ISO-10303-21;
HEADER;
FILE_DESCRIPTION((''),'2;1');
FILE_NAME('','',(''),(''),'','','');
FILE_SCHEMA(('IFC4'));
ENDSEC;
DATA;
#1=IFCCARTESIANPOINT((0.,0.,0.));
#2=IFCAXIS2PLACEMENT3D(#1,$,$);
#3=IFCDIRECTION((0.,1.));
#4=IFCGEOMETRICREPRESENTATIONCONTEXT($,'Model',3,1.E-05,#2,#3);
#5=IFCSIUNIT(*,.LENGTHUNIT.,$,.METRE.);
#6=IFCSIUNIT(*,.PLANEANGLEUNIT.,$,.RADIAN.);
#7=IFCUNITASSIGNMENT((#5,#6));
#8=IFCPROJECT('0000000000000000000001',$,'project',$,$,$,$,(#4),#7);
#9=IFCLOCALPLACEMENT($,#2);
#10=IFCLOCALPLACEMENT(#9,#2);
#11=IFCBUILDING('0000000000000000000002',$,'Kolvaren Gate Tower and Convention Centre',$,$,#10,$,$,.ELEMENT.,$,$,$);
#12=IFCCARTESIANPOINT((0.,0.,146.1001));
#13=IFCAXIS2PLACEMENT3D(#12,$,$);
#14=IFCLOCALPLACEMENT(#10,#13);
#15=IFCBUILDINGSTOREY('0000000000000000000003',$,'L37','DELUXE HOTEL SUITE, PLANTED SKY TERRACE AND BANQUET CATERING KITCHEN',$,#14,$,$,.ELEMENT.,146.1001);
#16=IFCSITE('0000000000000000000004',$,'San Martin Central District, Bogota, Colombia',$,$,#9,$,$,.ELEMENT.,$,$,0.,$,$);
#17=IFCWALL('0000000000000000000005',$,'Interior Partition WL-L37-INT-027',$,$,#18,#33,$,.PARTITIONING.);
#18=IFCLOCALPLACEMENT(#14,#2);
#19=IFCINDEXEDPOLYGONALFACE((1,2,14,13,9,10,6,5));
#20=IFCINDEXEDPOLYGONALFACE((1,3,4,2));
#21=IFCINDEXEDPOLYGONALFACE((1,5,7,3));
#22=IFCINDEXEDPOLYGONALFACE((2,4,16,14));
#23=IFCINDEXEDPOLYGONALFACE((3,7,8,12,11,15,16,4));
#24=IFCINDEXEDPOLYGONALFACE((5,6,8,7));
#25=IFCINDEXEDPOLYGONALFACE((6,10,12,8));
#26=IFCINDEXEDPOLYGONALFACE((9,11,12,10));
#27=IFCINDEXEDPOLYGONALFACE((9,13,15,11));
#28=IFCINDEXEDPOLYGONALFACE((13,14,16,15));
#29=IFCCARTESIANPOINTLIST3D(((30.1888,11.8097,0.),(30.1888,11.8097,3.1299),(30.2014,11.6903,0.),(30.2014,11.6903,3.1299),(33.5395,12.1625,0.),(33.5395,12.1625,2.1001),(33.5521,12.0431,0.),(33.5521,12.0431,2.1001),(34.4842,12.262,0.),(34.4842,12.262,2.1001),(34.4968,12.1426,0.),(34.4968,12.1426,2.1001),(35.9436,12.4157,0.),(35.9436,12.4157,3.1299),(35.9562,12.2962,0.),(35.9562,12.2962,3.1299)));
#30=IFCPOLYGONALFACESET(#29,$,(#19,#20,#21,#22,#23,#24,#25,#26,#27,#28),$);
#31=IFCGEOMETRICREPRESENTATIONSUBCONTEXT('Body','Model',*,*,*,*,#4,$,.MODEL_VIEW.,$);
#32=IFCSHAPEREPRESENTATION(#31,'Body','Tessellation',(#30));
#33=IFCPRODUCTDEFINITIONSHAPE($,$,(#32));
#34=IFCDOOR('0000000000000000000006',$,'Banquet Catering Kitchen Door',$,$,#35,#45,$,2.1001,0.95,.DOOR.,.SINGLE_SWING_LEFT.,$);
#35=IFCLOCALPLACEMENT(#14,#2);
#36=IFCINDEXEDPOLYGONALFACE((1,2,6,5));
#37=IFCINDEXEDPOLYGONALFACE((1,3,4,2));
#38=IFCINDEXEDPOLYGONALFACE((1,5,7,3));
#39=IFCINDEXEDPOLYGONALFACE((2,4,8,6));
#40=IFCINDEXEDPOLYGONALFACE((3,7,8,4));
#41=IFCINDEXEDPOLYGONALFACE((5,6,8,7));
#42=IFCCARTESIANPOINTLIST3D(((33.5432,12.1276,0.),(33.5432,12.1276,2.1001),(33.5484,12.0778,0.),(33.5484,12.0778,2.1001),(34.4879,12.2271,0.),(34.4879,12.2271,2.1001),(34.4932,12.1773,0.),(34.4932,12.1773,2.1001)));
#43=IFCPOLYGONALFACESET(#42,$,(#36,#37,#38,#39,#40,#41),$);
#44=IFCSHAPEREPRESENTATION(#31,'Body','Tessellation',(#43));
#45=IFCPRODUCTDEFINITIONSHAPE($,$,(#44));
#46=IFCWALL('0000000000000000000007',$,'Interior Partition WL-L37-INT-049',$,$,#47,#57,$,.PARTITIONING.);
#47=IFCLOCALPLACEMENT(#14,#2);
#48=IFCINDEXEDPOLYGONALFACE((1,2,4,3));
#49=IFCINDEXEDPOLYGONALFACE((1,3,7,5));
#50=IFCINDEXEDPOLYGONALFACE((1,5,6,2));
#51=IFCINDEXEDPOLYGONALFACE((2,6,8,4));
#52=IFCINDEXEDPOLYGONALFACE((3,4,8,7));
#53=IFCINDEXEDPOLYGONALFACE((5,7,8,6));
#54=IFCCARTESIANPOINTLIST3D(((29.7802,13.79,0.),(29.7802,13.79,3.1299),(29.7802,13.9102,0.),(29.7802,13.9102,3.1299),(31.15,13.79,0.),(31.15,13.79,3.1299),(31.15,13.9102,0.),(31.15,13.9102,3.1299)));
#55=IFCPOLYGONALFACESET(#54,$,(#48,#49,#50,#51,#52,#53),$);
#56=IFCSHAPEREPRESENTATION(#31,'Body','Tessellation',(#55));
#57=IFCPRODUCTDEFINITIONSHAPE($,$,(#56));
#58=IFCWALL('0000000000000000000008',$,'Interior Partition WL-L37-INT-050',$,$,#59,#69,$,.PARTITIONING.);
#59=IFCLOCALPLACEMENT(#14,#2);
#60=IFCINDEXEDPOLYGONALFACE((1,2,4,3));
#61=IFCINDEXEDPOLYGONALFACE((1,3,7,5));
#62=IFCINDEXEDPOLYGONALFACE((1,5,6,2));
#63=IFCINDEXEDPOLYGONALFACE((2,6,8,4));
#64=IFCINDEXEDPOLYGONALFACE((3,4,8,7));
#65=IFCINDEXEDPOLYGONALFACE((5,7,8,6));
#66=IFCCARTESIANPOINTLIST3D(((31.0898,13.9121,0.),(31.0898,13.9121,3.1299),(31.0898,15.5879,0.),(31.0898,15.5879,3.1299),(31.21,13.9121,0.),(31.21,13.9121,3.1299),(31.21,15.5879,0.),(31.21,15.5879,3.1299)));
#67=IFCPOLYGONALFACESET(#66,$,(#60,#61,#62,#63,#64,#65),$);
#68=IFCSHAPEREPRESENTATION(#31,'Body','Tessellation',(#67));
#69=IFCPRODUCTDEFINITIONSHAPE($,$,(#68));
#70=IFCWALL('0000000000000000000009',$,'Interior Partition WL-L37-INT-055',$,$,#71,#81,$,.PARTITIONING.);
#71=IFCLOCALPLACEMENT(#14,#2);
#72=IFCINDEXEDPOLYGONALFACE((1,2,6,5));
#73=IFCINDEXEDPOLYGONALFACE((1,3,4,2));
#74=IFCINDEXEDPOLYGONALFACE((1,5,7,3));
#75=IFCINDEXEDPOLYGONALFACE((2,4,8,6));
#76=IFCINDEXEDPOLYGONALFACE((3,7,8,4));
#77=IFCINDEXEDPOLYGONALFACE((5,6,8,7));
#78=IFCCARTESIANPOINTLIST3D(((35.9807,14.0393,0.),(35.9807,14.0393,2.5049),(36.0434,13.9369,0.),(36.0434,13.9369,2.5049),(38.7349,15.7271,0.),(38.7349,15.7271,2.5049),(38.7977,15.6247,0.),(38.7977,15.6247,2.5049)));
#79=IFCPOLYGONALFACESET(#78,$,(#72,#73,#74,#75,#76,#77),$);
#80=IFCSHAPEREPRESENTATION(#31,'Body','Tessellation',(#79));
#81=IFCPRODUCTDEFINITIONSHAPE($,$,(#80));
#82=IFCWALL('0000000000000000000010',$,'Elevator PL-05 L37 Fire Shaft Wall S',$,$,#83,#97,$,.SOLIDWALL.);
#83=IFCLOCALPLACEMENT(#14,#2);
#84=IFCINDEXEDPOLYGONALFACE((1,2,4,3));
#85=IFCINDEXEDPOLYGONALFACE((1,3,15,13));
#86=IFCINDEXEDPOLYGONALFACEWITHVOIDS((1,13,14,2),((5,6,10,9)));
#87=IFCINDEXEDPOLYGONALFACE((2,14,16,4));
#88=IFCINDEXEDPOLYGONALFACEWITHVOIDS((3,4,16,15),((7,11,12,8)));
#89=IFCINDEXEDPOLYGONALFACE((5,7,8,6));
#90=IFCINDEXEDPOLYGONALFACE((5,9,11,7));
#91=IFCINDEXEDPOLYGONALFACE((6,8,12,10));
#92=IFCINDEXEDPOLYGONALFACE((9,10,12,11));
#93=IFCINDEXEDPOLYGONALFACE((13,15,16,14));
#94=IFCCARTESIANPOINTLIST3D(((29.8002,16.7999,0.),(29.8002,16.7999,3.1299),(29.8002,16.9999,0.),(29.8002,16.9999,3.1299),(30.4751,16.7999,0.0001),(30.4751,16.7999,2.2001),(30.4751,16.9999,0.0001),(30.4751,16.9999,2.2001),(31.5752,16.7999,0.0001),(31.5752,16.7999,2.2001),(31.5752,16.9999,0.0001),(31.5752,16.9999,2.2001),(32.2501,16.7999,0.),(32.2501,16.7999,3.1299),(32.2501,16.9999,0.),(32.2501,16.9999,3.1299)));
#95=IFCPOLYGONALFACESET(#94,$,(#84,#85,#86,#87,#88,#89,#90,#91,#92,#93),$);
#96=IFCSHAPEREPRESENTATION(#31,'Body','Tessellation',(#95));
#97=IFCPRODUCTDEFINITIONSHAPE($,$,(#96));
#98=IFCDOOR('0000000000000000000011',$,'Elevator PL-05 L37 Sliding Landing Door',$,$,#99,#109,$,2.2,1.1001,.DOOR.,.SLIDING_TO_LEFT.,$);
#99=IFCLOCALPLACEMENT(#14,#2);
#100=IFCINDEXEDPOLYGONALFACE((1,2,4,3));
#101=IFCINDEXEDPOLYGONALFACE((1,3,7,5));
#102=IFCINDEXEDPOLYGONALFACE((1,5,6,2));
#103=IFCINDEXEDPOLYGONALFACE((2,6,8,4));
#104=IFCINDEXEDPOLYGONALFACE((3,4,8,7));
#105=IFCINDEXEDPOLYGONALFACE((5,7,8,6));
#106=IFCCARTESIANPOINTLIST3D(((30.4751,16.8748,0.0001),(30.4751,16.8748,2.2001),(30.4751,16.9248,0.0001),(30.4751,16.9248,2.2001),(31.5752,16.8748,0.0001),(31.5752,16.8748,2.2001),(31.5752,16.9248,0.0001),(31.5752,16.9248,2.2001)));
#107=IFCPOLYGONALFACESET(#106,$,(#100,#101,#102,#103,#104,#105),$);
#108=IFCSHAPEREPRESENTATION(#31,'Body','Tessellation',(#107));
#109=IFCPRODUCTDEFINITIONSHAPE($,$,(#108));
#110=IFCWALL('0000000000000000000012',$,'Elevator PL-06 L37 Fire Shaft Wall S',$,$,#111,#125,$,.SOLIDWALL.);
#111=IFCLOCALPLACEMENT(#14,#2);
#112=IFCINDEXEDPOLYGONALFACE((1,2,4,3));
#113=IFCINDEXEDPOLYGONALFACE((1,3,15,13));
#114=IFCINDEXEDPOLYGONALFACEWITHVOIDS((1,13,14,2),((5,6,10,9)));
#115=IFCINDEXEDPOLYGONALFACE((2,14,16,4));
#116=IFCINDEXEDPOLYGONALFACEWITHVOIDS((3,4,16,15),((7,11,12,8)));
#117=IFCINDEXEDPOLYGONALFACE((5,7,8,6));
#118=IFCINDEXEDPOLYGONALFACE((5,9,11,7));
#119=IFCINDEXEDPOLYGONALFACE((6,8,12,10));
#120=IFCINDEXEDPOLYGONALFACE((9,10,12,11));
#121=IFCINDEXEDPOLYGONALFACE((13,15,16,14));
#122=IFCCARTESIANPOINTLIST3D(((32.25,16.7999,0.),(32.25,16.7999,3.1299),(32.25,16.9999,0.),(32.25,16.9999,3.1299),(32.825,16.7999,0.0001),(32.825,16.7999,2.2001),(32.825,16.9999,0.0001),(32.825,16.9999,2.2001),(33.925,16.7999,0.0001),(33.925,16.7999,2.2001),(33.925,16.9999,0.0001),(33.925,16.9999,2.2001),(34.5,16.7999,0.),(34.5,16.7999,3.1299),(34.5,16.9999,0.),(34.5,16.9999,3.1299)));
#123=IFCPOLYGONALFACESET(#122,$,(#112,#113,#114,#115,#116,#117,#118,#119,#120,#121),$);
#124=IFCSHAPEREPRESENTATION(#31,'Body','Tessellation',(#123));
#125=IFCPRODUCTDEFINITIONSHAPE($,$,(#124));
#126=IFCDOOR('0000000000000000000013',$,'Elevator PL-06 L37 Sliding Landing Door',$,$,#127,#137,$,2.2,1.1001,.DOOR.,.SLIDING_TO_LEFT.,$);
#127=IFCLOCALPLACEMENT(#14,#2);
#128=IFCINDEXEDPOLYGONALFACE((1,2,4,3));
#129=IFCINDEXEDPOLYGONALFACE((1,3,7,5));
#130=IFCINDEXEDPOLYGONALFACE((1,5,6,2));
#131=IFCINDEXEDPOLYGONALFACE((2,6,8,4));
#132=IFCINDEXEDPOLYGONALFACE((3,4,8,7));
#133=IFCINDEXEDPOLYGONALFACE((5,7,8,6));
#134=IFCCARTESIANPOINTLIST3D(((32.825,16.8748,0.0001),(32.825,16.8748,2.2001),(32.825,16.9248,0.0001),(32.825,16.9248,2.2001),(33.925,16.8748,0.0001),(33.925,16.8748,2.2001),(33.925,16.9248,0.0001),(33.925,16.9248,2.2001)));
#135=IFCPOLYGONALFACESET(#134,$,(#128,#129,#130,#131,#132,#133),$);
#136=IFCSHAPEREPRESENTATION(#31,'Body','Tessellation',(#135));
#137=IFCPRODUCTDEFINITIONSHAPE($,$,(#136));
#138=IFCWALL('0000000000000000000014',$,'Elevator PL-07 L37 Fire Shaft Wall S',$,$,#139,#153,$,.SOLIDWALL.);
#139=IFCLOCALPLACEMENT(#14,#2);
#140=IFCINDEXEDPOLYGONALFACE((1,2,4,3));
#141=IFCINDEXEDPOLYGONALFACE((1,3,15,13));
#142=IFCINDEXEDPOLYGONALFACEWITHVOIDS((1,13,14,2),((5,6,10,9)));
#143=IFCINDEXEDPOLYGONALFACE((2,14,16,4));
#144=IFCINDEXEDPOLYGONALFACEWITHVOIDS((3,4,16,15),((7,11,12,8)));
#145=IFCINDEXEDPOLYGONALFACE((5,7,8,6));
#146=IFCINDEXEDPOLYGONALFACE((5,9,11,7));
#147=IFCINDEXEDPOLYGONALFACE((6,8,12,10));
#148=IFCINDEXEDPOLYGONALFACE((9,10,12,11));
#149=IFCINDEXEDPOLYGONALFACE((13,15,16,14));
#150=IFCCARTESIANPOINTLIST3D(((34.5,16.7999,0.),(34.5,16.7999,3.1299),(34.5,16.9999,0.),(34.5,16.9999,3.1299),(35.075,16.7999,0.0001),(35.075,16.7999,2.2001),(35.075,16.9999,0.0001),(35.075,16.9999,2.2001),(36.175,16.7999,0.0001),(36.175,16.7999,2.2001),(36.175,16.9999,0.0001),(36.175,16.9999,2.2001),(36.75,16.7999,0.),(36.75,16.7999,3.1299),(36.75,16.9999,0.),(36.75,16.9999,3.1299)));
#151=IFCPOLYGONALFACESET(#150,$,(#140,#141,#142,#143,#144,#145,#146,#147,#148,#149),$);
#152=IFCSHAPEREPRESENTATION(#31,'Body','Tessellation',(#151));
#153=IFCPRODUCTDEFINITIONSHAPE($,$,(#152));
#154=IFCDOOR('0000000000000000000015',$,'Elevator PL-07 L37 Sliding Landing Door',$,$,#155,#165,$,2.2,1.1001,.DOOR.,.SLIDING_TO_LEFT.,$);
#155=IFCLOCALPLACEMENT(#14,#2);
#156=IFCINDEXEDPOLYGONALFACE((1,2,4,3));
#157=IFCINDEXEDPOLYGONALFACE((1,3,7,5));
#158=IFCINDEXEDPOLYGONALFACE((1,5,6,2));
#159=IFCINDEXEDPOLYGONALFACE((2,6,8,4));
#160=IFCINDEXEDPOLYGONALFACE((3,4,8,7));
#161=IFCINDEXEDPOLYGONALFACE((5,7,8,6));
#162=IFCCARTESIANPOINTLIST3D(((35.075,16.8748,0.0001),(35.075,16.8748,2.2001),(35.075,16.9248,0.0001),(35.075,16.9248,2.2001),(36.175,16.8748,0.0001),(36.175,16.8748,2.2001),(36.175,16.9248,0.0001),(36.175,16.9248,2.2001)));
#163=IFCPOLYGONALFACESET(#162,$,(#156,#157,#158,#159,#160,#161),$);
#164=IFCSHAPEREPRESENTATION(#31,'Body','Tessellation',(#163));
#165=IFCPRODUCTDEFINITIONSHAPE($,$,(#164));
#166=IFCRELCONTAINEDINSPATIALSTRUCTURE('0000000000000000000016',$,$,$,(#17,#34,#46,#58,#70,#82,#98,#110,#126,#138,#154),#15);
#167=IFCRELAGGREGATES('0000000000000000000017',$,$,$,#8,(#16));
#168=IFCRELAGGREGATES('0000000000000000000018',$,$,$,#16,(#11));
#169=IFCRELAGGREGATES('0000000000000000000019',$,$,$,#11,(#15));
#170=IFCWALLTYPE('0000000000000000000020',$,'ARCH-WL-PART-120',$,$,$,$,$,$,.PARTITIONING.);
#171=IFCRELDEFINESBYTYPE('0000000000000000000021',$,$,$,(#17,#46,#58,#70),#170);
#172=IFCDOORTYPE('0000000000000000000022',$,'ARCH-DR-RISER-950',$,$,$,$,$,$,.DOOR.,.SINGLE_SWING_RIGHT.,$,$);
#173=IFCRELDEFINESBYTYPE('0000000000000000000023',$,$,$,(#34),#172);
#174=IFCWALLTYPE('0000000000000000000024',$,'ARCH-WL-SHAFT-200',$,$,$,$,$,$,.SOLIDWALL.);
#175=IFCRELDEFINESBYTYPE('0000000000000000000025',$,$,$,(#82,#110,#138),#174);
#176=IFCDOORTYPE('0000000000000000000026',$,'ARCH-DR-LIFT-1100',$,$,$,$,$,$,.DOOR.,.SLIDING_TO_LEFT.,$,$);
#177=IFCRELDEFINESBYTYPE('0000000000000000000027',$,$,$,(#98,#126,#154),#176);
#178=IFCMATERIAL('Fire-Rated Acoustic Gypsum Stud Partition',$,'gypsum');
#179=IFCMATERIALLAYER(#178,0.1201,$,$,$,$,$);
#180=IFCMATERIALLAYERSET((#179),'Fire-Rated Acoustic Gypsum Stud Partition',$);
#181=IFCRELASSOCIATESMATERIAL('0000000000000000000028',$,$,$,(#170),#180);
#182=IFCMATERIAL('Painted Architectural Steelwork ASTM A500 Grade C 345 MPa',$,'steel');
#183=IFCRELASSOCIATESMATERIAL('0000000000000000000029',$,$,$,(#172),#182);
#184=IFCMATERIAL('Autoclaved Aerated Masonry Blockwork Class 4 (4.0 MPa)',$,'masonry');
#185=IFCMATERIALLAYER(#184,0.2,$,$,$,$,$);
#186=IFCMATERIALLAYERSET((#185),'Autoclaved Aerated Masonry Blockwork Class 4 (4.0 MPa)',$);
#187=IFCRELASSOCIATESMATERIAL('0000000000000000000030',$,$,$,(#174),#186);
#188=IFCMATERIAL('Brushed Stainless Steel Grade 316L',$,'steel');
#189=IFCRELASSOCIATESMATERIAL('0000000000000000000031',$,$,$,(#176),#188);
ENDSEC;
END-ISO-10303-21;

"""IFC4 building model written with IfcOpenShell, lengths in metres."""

from ifc_helpers import new_model, si_unit, direction, frame, frame_2d, origin, place, context, subcontext, project, spatial, rectangle, extrude, material, layer, layer_set, type_object, element, fill, save


model = new_model("IFC4")

# Units and contexts
model_context = context("Model", 3, precision=1e-05, world=origin(), true_north=direction((0.0, 1.0)))
body_context = subcontext(model_context, "Body", "Model", "MODEL_VIEW")
ifc_project = project(units=[si_unit("LENGTHUNIT", "METRE"), si_unit("PLANEANGLEUNIT", "RADIAN")], contexts=[model_context])

# Site, building, storey
site_placement = place(None, origin())
site = spatial("IfcSite", under=ifc_project, at=site_placement, Name="San Martin Central District, Bogota, Colombia", CompositionType="ELEMENT", RefElevation=0.0)
building_placement = place(site_placement, origin())
building = spatial("IfcBuilding", under=site, at=building_placement, Name="Kolvaren Gate Tower and Convention Centre", CompositionType="ELEMENT")
storey_placement = place(building_placement, frame((0.0, 0.0, 146.1001)))
storey = spatial("IfcBuildingStorey", under=building, at=storey_placement, Name="L37", Description="DELUXE HOTEL SUITE, PLANTED SKY TERRACE AND BANQUET CATERING KITCHEN", CompositionType="ELEMENT", Elevation=146.1001)

# Shared definitions
ifc_material_1 = material(Name="Fire-Rated Acoustic Gypsum Stud Partition", Category="gypsum")
ifc_layer_1 = layer(ifc_material_1, 0.1201)
ifc_layer_set_1 = layer_set([ifc_layer_1], Name="Fire-Rated Acoustic Gypsum Stud Partition")
wall_type_1 = type_object("IfcWallType", Name="ARCH-WL-PART-120", PredefinedType="PARTITIONING", material=ifc_layer_set_1)

# Wall, opening, door
wall_1_placement = place(storey_placement, frame((30.1951, 11.75, 0.0), z_axis=(0.0, 0.0, 1.0), x_axis=(0.994502, 0.104716, 0.0)))
wall_1 = element("IfcWall", 1, at=wall_1_placement, inside=storey, type_object=wall_type_1, Name="Interior Partition WL-L37-INT-027", PredefinedType="PARTITIONING", context=body_context, shape_type="SweptSolid", body=[
    extrude(rectangle(XDim=5.7866, YDim=0.1201, at=frame_2d((2.8933, 0.0))), origin(), (0.0, 0.0, 1.0), 3.1299),
])
opening_1_placement = place(wall_1_placement, frame((3.3691, 0.0, 0.0)))
opening_1 = element("IfcOpeningElement", 2, at=opening_1_placement, cuts=wall_1, PredefinedType="OPENING", context=body_context, shape_type="SweptSolid", body=[
    extrude(rectangle(XDim=0.95, YDim=2.1001, at=frame_2d((0.4751, 1.05))), frame((0.0, 0.0701, 0.0), z_axis=(0.0, -1.0, 0.0), x_axis=(1.0, 0.0, 0.0)), (0.0, 0.0, 1.0), 0.1401),
])
ifc_material_2 = material(Name="Painted Architectural Steelwork ASTM A500 Grade C 345 MPa", Category="steel")
door_type_1 = type_object("IfcDoorType", Name="ARCH-DR-RISER-950", OperationType="SINGLE_SWING_RIGHT", PredefinedType="DOOR", material=ifc_material_2)
door_1_placement = place(opening_1_placement, origin())
door_1 = element("IfcDoor", 3, at=door_1_placement, inside=storey, type_object=door_type_1, Name="Banquet Catering Kitchen Door", OperationType="SINGLE_SWING_LEFT", OverallHeight=2.1001, OverallWidth=0.95, PredefinedType="DOOR", context=body_context, shape_type="SweptSolid", body=[
    extrude(rectangle(XDim=0.95, YDim=2.1001, at=frame_2d((0.4751, 1.05))), frame((0.0, 0.0249, 0.0), z_axis=(0.0, -1.0, 0.0), x_axis=(1.0, 0.0, 0.0)), (0.0, 0.0, 1.0), 0.05),
])
fill(opening_1, door_1)

# Walls
wall_2_placement = place(storey_placement, frame((29.78, 13.8501, 0.0), z_axis=(0.0, 0.0, 1.0), x_axis=(1.0, 0.0, 0.0)))
element("IfcWall", 4, at=wall_2_placement, inside=storey, type_object=wall_type_1, Name="Interior Partition WL-L37-INT-049", PredefinedType="PARTITIONING", context=body_context, shape_type="SweptSolid", body=[
    extrude(rectangle(XDim=1.3699, YDim=0.1201, at=frame_2d((0.6851, 0.0))), origin(), (0.0, 0.0, 1.0), 3.1299),
])
wall_3_placement = place(storey_placement, frame((31.1499, 13.9121, 0.0), z_axis=(0.0, 0.0, 1.0), x_axis=(0.0, 1.0, 0.0)))
element("IfcWall", 5, at=wall_3_placement, inside=storey, type_object=wall_type_1, Name="Interior Partition WL-L37-INT-050", PredefinedType="PARTITIONING", context=body_context, shape_type="SweptSolid", body=[
    extrude(rectangle(XDim=1.6758, YDim=0.1201, at=frame_2d((0.8379, 0.0))), origin(), (0.0, 0.0, 1.0), 3.1299),
])
wall_4_placement = place(storey_placement, frame((36.012, 13.988, 0.0), z_axis=(0.0, 0.0, 1.0), x_axis=(0.85264, 0.522498, 0.0)))
element("IfcWall", 6, at=wall_4_placement, inside=storey, type_object=wall_type_1, Name="Interior Partition WL-L37-INT-055", PredefinedType="PARTITIONING", context=body_context, shape_type="SweptSolid", body=[
    extrude(rectangle(XDim=3.2302, YDim=0.1201, at=frame_2d((1.6152, 0.0))), origin(), (0.0, 0.0, 1.0), 2.5049),
])

# Walls, openings, doors
ifc_material_3 = material(Name="Autoclaved Aerated Masonry Blockwork Class 4 (4.0 MPa)", Category="masonry")
ifc_layer_2 = layer(ifc_material_3, 0.2)
ifc_layer_set_2 = layer_set([ifc_layer_2], Name="Autoclaved Aerated Masonry Blockwork Class 4 (4.0 MPa)")
wall_type_2 = type_object("IfcWallType", Name="ARCH-WL-SHAFT-200", PredefinedType="SOLIDWALL", material=ifc_layer_set_2)
wall_5_placement = place(storey_placement, frame((29.8, 16.8999, 0.0), z_axis=(0.0, 0.0, 1.0), x_axis=(1.0, 0.0, 0.0)))
wall_5 = element("IfcWall", 7, at=wall_5_placement, inside=storey, type_object=wall_type_2, Name="Elevator PL-05 L37 Fire Shaft Wall S", PredefinedType="SOLIDWALL", context=body_context, shape_type="SweptSolid", body=[
    extrude(rectangle(XDim=2.45, YDim=0.2, at=frame_2d((1.2251, 0.0))), origin(), (0.0, 0.0, 1.0), 3.1299),
])
opening_2_placement = place(wall_5_placement, frame((0.675, 0.0, 0.0)))
opening_2 = element("IfcOpeningElement", 8, at=opening_2_placement, cuts=wall_5, PredefinedType="OPENING", context=body_context, shape_type="SweptSolid", body=[
    extrude(rectangle(XDim=1.1001, YDim=2.2, at=frame_2d((0.55, 1.1001))), frame((0.0, 0.1099, 0.0), z_axis=(0.0, -1.0, 0.0), x_axis=(1.0, 0.0, 0.0)), (0.0, 0.0, 1.0), 0.22),
])
ifc_material_4 = material(Name="Brushed Stainless Steel Grade 316L", Category="steel")
door_type_2 = type_object("IfcDoorType", Name="ARCH-DR-LIFT-1100", OperationType="SLIDING_TO_LEFT", PredefinedType="DOOR", material=ifc_material_4)
door_2_placement = place(opening_2_placement, origin())
door_2 = element("IfcDoor", 9, at=door_2_placement, inside=storey, type_object=door_type_2, Name="Elevator PL-05 L37 Sliding Landing Door", OperationType="SLIDING_TO_LEFT", OverallHeight=2.2, OverallWidth=1.1001, PredefinedType="DOOR", context=body_context, shape_type="SweptSolid", body=[
    extrude(rectangle(XDim=1.1001, YDim=2.2, at=frame_2d((0.55, 1.1001))), frame((0.0, 0.0249, 0.0), z_axis=(0.0, -1.0, 0.0), x_axis=(1.0, 0.0, 0.0)), (0.0, 0.0, 1.0), 0.05),
])
fill(opening_2, door_2)
wall_6_placement = place(storey_placement, frame((32.25, 16.8999, 0.0), z_axis=(0.0, 0.0, 1.0), x_axis=(1.0, 0.0, 0.0)))
wall_6 = element("IfcWall", 10, at=wall_6_placement, inside=storey, type_object=wall_type_2, Name="Elevator PL-06 L37 Fire Shaft Wall S", PredefinedType="SOLIDWALL", context=body_context, shape_type="SweptSolid", body=[
    extrude(rectangle(XDim=2.25, YDim=0.2, at=frame_2d((1.125, 0.0))), origin(), (0.0, 0.0, 1.0), 3.1299),
])
opening_3_placement = place(wall_6_placement, frame((0.575, 0.0, 0.0)))
opening_3 = element("IfcOpeningElement", 11, at=opening_3_placement, cuts=wall_6, PredefinedType="OPENING", context=body_context, shape_type="SweptSolid", body=[
    extrude(rectangle(XDim=1.1001, YDim=2.2, at=frame_2d((0.55, 1.1001))), frame((0.0, 0.1099, 0.0), z_axis=(0.0, -1.0, 0.0), x_axis=(1.0, 0.0, 0.0)), (0.0, 0.0, 1.0), 0.22),
])
door_3_placement = place(opening_3_placement, origin())
door_3 = element("IfcDoor", 12, at=door_3_placement, inside=storey, type_object=door_type_2, Name="Elevator PL-06 L37 Sliding Landing Door", OperationType="SLIDING_TO_LEFT", OverallHeight=2.2, OverallWidth=1.1001, PredefinedType="DOOR", context=body_context, shape_type="SweptSolid", body=[
    extrude(rectangle(XDim=1.1001, YDim=2.2, at=frame_2d((0.55, 1.1001))), frame((0.0, 0.0249, 0.0), z_axis=(0.0, -1.0, 0.0), x_axis=(1.0, 0.0, 0.0)), (0.0, 0.0, 1.0), 0.05),
])
fill(opening_3, door_3)
wall_7_placement = place(storey_placement, frame((34.5, 16.8999, 0.0), z_axis=(0.0, 0.0, 1.0), x_axis=(1.0, 0.0, 0.0)))
wall_7 = element("IfcWall", 13, at=wall_7_placement, inside=storey, type_object=wall_type_2, Name="Elevator PL-07 L37 Fire Shaft Wall S", PredefinedType="SOLIDWALL", context=body_context, shape_type="SweptSolid", body=[
    extrude(rectangle(XDim=2.25, YDim=0.2, at=frame_2d((1.125, 0.0))), origin(), (0.0, 0.0, 1.0), 3.1299),
])
opening_4_placement = place(wall_7_placement, frame((0.575, 0.0, 0.0)))
opening_4 = element("IfcOpeningElement", 14, at=opening_4_placement, cuts=wall_7, PredefinedType="OPENING", context=body_context, shape_type="SweptSolid", body=[
    extrude(rectangle(XDim=1.1001, YDim=2.2, at=frame_2d((0.55, 1.1001))), frame((0.0, 0.1099, 0.0), z_axis=(0.0, -1.0, 0.0), x_axis=(1.0, 0.0, 0.0)), (0.0, 0.0, 1.0), 0.22),
])
door_4_placement = place(opening_4_placement, origin())
door_4 = element("IfcDoor", 15, at=door_4_placement, inside=storey, type_object=door_type_2, Name="Elevator PL-07 L37 Sliding Landing Door", OperationType="SLIDING_TO_LEFT", OverallHeight=2.2, OverallWidth=1.1001, PredefinedType="DOOR", context=body_context, shape_type="SweptSolid", body=[
    extrude(rectangle(XDim=1.1001, YDim=2.2, at=frame_2d((0.55, 1.1001))), frame((0.0, 0.0249, 0.0), z_axis=(0.0, -1.0, 0.0), x_axis=(1.0, 0.0, 0.0)), (0.0, 0.0, 1.0), 0.05),
])
fill(opening_4, door_4)

save(model, "model.ifc")
